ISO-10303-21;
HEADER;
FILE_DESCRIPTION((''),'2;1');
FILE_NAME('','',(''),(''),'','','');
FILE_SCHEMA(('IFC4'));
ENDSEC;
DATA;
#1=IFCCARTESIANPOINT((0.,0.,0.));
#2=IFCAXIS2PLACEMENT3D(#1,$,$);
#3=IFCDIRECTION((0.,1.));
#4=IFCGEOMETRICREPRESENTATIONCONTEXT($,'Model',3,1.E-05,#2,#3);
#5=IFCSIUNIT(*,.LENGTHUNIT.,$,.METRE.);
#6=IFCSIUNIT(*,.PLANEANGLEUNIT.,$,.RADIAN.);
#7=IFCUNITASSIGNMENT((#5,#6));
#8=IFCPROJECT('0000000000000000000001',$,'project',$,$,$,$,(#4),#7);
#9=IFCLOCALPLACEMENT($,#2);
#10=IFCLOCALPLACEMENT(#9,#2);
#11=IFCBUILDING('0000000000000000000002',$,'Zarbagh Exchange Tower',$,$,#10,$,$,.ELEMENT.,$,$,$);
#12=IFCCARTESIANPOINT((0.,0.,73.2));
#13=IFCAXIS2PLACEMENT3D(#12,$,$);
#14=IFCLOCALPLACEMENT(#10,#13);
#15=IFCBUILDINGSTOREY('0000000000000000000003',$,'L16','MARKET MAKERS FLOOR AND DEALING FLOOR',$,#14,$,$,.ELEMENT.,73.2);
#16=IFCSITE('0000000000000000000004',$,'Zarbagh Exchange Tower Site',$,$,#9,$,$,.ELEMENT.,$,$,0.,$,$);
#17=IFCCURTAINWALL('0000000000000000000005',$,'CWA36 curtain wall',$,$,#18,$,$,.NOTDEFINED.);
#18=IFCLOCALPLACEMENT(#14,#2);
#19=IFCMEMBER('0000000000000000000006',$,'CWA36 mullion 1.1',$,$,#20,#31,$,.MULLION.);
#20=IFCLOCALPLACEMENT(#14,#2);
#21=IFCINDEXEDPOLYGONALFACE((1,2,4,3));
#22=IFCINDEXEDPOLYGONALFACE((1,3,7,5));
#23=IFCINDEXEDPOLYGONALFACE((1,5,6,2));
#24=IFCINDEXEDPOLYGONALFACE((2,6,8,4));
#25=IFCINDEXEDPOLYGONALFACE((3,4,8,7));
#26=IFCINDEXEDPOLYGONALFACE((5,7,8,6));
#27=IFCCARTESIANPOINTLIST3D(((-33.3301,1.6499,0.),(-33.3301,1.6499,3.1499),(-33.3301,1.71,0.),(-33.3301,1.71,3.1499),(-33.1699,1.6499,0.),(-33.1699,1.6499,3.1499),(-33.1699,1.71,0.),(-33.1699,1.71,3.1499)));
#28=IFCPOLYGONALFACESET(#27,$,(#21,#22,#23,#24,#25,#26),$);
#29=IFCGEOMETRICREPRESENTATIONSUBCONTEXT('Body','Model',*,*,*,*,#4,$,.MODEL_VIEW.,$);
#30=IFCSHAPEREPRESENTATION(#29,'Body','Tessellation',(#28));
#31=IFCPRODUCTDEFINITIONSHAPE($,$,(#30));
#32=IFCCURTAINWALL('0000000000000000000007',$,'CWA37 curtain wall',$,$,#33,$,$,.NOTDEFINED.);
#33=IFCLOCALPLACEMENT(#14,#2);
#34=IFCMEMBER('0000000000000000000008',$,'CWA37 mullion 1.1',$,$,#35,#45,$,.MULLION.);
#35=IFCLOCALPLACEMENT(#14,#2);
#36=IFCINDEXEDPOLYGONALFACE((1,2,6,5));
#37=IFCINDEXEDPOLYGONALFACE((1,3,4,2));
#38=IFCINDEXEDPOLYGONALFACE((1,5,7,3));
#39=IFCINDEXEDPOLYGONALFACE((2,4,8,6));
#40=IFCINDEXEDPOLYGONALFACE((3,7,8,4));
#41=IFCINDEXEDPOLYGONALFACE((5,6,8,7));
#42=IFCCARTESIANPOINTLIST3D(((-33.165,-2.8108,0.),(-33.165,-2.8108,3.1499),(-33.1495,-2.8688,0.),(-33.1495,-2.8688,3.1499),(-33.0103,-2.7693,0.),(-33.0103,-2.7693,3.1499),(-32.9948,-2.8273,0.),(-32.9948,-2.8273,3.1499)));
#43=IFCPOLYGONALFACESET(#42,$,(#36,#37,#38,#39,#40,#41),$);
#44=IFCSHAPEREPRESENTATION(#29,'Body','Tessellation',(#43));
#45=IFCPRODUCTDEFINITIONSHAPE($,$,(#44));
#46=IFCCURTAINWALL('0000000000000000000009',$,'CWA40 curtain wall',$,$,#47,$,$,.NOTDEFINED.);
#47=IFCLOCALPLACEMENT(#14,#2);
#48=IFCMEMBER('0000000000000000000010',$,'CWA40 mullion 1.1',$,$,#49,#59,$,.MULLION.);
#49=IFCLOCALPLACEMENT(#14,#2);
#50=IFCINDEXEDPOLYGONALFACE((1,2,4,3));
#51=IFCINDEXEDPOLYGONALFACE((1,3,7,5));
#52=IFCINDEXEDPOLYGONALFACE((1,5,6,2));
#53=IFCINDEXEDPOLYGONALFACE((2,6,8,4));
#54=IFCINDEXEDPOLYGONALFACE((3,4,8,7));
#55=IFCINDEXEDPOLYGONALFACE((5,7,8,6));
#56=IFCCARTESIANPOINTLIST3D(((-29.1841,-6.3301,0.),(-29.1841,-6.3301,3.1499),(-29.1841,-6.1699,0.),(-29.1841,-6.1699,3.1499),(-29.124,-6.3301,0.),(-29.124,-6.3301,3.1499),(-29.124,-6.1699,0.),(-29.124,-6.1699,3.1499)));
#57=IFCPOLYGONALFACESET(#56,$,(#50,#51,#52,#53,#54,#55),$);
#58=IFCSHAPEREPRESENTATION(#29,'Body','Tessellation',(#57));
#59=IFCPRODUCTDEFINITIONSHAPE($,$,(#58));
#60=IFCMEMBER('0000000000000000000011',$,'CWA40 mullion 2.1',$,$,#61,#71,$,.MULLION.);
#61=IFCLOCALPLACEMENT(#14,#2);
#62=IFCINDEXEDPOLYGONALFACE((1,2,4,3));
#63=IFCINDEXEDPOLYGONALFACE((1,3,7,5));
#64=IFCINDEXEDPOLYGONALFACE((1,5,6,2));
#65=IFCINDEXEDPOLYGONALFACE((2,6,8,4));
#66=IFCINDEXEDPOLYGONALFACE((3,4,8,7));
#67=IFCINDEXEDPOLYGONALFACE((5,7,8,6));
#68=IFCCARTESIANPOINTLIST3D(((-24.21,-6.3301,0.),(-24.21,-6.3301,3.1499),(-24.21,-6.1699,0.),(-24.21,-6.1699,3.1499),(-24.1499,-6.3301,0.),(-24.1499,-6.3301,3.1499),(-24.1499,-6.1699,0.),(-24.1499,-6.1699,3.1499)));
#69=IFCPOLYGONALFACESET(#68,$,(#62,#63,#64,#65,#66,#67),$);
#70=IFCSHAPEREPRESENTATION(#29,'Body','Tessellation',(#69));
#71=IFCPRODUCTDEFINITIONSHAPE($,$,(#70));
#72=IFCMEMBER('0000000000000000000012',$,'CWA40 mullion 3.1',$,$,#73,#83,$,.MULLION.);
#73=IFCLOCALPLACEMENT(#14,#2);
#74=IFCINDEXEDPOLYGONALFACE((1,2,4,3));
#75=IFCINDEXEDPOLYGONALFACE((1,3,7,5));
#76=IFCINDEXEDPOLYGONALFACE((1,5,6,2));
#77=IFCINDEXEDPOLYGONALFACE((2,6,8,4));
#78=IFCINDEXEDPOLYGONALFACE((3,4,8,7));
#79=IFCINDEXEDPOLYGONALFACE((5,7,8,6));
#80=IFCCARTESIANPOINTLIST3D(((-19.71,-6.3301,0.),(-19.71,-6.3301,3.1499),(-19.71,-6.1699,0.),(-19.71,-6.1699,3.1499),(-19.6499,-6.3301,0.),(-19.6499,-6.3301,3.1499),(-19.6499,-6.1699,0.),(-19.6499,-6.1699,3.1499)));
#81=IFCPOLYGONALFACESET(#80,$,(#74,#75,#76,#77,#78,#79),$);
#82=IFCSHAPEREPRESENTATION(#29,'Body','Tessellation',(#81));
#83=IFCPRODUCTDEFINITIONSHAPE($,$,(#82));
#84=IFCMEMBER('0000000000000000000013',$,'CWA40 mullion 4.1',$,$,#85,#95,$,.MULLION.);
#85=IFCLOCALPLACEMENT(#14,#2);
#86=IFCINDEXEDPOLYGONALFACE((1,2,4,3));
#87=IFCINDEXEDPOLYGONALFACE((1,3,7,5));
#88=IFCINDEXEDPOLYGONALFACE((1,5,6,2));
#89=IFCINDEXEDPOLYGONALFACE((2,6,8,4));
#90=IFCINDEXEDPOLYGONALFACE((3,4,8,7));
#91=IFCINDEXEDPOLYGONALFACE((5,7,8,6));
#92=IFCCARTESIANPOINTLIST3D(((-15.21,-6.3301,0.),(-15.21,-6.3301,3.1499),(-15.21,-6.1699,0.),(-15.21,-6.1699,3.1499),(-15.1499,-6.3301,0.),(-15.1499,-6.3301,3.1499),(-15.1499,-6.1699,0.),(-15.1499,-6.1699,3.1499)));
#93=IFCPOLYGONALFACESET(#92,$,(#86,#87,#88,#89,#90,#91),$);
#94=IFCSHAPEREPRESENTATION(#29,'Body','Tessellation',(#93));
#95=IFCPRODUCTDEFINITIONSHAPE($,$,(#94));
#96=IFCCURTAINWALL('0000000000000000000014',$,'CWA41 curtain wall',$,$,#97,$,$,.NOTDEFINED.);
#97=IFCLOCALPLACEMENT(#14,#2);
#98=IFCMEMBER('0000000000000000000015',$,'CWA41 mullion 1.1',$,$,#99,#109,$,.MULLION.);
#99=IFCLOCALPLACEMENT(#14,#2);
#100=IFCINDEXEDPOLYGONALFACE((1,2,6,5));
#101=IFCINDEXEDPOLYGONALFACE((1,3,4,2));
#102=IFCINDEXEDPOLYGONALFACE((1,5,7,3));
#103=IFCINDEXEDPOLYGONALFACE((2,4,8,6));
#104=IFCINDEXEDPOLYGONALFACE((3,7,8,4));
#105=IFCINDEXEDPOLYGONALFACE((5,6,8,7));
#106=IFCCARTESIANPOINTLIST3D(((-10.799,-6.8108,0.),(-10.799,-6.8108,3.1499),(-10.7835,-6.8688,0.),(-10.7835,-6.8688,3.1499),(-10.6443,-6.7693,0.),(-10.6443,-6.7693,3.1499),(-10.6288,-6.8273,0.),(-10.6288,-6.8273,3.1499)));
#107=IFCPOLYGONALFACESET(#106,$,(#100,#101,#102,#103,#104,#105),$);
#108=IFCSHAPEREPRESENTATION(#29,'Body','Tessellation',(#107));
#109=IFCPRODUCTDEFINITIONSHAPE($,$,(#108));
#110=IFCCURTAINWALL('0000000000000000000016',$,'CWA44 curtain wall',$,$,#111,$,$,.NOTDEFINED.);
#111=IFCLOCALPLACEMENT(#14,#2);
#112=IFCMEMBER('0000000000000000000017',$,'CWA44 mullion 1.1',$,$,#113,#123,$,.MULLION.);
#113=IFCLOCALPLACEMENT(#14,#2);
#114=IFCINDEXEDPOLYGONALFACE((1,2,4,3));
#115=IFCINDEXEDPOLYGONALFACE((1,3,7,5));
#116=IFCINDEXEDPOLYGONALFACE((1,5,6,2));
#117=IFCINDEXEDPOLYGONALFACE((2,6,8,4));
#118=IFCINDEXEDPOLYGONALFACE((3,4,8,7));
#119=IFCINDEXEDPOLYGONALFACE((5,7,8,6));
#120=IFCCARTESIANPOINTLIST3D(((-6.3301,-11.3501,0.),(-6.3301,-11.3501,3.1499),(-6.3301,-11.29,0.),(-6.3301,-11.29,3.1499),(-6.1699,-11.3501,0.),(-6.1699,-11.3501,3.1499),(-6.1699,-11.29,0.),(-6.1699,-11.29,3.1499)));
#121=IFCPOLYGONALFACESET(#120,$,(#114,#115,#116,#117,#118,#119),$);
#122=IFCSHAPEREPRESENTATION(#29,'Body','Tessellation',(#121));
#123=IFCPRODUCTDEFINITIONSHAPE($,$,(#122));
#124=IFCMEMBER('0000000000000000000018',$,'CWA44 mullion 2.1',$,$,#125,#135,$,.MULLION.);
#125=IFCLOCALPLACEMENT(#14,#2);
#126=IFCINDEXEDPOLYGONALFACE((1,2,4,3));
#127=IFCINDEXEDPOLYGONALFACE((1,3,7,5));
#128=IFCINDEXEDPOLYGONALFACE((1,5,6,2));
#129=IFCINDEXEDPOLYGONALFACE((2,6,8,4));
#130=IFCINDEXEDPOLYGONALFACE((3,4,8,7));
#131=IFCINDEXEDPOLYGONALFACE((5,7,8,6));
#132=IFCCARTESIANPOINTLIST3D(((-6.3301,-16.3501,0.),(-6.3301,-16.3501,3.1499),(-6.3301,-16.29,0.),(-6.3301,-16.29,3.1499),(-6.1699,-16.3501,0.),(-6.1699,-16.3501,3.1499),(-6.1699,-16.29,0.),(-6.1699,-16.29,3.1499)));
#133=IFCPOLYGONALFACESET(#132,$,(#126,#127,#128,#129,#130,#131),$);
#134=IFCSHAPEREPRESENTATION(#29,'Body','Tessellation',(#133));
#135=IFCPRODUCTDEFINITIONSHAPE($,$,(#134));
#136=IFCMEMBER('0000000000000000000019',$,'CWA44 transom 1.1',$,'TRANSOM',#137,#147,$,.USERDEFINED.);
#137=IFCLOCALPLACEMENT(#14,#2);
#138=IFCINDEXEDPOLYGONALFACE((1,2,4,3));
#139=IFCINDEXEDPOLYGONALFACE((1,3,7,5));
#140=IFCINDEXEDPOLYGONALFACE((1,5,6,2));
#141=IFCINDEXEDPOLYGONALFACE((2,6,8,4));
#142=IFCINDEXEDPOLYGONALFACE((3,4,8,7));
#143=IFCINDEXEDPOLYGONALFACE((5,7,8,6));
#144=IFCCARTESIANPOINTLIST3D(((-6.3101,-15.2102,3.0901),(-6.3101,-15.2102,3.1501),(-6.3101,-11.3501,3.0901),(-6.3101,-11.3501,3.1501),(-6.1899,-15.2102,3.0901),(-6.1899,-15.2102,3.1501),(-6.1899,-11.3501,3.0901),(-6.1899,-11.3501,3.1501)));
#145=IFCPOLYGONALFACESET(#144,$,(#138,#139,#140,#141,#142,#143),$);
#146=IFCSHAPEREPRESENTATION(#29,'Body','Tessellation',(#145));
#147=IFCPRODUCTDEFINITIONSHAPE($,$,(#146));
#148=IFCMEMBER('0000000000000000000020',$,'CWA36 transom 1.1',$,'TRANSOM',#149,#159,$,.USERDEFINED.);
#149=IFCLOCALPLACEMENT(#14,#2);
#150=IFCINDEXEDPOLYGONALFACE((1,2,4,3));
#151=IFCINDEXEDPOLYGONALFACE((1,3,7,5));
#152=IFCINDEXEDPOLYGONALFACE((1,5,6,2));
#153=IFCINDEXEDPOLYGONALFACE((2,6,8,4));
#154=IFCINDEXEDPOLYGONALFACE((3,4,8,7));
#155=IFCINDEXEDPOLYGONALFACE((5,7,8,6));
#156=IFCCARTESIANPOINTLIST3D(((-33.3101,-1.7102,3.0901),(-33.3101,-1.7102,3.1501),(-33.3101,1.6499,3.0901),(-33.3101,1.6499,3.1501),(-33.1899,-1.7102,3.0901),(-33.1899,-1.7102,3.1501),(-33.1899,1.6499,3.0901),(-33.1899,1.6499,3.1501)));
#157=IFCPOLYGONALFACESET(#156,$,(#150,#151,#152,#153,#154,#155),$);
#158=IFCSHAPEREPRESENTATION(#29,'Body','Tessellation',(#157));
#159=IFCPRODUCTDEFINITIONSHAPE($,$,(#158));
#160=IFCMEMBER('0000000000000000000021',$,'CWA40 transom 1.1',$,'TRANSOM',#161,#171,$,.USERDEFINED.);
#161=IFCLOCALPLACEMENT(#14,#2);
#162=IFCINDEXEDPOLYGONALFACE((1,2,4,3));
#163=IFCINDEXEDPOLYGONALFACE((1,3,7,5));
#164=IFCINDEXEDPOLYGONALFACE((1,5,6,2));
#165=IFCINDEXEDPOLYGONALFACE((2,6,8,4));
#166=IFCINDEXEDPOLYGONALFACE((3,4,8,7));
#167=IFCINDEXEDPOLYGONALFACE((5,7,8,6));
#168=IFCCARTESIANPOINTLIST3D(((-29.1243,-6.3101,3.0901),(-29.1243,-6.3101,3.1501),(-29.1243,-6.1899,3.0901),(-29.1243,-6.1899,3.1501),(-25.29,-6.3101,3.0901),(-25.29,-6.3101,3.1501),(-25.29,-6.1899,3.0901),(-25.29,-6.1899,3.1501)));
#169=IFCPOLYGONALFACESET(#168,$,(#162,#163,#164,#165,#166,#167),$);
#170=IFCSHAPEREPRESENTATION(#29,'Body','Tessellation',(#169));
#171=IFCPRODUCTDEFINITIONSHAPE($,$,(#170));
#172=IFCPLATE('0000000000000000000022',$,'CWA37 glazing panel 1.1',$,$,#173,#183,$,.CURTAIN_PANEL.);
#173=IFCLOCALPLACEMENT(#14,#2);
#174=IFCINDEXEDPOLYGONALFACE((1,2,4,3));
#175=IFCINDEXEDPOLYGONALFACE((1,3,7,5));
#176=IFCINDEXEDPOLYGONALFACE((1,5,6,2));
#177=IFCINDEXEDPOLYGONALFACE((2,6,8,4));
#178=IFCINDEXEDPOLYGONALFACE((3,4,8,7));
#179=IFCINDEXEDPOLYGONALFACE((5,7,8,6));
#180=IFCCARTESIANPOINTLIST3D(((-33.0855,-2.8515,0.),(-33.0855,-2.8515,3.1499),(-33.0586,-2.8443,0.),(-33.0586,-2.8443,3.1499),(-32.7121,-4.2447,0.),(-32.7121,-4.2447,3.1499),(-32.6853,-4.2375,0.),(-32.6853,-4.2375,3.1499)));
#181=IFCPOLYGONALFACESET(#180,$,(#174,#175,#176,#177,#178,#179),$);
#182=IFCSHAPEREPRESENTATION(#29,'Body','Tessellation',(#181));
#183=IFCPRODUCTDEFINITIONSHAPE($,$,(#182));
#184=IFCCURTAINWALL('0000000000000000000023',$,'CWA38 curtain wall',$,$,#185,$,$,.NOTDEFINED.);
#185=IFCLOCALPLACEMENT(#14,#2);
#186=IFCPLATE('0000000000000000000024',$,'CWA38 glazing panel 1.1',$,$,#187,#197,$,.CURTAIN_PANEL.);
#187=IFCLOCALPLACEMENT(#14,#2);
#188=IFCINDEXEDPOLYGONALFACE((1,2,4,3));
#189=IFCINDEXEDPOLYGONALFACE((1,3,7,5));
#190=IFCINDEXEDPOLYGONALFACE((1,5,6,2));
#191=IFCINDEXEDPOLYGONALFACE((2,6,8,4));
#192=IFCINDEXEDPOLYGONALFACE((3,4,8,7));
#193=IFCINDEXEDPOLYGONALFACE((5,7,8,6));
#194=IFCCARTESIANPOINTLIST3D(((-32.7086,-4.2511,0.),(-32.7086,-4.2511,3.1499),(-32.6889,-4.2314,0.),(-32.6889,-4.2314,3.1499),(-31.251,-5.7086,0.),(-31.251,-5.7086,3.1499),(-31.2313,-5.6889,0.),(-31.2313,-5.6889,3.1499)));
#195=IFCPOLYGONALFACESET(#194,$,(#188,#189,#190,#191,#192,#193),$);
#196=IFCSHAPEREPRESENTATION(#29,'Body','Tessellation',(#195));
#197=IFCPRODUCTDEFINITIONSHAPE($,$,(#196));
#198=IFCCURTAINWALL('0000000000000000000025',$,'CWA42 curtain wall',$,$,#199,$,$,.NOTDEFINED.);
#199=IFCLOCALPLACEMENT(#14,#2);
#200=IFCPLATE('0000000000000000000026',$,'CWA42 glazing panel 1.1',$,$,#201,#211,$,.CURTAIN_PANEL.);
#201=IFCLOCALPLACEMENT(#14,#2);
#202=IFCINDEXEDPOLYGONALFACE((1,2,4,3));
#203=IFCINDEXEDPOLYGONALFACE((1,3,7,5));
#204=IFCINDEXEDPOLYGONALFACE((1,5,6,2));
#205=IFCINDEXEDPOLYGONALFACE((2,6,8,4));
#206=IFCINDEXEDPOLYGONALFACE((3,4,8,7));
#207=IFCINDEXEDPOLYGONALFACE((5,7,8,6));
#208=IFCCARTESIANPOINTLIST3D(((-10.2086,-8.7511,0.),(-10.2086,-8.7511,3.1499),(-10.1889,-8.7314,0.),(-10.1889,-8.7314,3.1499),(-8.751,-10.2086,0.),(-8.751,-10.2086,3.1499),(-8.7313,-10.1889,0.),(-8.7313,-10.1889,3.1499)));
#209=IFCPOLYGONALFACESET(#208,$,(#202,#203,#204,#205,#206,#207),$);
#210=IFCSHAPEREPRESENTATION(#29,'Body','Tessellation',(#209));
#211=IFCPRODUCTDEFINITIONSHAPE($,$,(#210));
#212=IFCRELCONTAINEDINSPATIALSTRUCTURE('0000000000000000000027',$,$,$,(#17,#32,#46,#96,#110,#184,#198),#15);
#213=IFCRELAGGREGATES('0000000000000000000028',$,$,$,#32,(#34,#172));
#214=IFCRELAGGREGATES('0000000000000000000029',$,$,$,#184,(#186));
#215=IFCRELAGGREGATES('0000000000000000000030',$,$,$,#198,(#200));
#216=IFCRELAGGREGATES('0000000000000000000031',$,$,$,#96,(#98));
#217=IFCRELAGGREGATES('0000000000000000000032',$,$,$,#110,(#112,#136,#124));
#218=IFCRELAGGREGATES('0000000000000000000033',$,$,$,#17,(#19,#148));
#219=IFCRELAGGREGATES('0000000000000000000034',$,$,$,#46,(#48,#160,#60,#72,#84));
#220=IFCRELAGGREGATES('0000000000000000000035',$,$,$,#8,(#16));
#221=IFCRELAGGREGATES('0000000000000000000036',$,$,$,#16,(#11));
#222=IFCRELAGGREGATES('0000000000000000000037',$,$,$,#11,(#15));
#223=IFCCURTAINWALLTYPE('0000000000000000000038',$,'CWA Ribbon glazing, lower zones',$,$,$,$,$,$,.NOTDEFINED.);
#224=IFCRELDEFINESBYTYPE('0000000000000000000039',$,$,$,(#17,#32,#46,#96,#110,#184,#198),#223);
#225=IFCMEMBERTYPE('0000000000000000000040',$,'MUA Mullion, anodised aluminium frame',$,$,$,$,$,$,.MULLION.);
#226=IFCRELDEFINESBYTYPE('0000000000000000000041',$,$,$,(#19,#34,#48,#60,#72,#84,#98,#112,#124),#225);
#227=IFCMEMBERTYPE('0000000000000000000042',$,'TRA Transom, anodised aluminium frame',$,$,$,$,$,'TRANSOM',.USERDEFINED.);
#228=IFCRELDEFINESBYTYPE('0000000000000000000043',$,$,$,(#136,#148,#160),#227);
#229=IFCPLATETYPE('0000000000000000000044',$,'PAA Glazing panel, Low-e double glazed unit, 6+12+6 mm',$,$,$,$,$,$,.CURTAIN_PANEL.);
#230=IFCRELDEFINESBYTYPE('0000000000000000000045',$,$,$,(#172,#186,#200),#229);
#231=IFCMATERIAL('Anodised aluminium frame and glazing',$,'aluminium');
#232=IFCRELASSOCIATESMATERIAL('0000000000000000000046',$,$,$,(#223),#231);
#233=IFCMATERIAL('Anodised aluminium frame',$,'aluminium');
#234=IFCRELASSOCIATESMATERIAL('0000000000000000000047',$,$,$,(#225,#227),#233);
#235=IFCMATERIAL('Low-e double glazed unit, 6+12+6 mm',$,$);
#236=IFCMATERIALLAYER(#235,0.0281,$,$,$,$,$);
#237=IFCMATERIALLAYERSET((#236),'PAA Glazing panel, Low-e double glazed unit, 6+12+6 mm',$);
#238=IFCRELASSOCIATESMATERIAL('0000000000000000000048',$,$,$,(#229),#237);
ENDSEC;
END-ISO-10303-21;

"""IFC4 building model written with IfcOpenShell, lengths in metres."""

from ifc_helpers import new_model, si_unit, direction, frame, origin, place, context, subcontext, project, spatial, polyline, outline, extrude, source, transform, mapped, material, layer, layer_set, type_object, element, aggregate, save


model = new_model("IFC4")

# Units and contexts
model_context = context("Model", 3, precision=1e-05, world=origin(), true_north=direction((0.0, 1.0)))
body_context = subcontext(model_context, "Body", "Model", "MODEL_VIEW")
ifc_project = project(units=[si_unit("LENGTHUNIT", "METRE"), si_unit("PLANEANGLEUNIT", "RADIAN")], contexts=[model_context])

# Site, building, storey
site_placement = place(None, origin())
site = spatial("IfcSite", under=ifc_project, at=site_placement, Name="Zarbagh Exchange Tower Site", CompositionType="ELEMENT", RefElevation=0.0)
building_placement = place(site_placement, origin())
building = spatial("IfcBuilding", under=site, at=building_placement, Name="Zarbagh Exchange Tower", CompositionType="ELEMENT")
storey_placement = place(building_placement, frame((0.0, 0.0, 73.2)))
storey = spatial("IfcBuildingStorey", under=building, at=storey_placement, Name="L16", Description="MARKET MAKERS FLOOR AND DEALING FLOOR", CompositionType="ELEMENT", Elevation=73.2)

# Curtain walls, members
ifc_material_1 = material(Name="Anodised aluminium frame and glazing", Category="aluminium")
curtain_wall_type = type_object("IfcCurtainWallType", Name="CWA Ribbon glazing, lower zones", PredefinedType="NOTDEFINED", material=ifc_material_1)
curtain_wall_1_placement = place(storey_placement, origin())
curtain_wall_1 = element("IfcCurtainWall", 1, at=curtain_wall_1_placement, inside=storey, type_object=curtain_wall_type, Name="CWA36 curtain wall", PredefinedType="NOTDEFINED")
ifc_material_2 = material(Name="Anodised aluminium frame", Category="aluminium")
member_type_1 = type_object("IfcMemberType", Name="MUA Mullion, anodised aluminium frame", PredefinedType="MULLION", material=ifc_material_2)
shared_shape_1 = source(origin(), body_context, "Body", "SweptSolid", [
    extrude(outline(polyline([(0.0, -0.0801), (0.0601, -0.0801), (0.0601, 0.0801), (0.0, 0.0801), (0.0, -0.0801)])), origin(), (0.0, 0.0, 1.0), 3.1499),
])
placement = place(storey_placement, origin())
member_1 = element("IfcMember", 2, at=placement, type_object=member_type_1, Name="CWA36 mullion 1.1", PredefinedType="MULLION", context=body_context, shape_type="MappedRepresentation", body=[
    mapped(shared_shape_1, transform((-33.25, 1.71, 0.0), x_axis=(0.0, -1.0, 0.0), y_axis=(1.0, 0.0, 0.0), z_axis=(0.0, 0.0, 1.0))),
])
curtain_wall_2_placement = place(storey_placement, origin())
curtain_wall_2 = element("IfcCurtainWall", 3, at=curtain_wall_2_placement, inside=storey, type_object=curtain_wall_type, Name="CWA37 curtain wall", PredefinedType="NOTDEFINED")
member_2 = element("IfcMember", 4, at=placement, type_object=member_type_1, Name="CWA37 mullion 1.1", PredefinedType="MULLION", context=body_context, shape_type="MappedRepresentation", body=[
    mapped(shared_shape_1, transform((-33.0876, -2.79, 0.0), x_axis=(0.258825, -0.965924, 0.0), y_axis=(0.965924, 0.258825, 0.0), z_axis=(0.0, 0.0, 1.0))),
])

# Curtain wall, members
curtain_wall_3_placement = place(storey_placement, origin())
curtain_wall_3 = element("IfcCurtainWall", 5, at=curtain_wall_3_placement, inside=storey, type_object=curtain_wall_type, Name="CWA40 curtain wall", PredefinedType="NOTDEFINED")
member_3 = element("IfcMember", 6, at=placement, type_object=member_type_1, Name="CWA40 mullion 1.1", PredefinedType="MULLION", context=body_context, shape_type="MappedRepresentation", body=[
    mapped(shared_shape_1, transform((-29.1841, -6.25, 0.0), x_axis=(1.0, 0.0, 0.0), y_axis=(0.0, 1.0, 0.0), z_axis=(0.0, 0.0, 1.0))),
])
member_4 = element("IfcMember", 7, at=placement, type_object=member_type_1, Name="CWA40 mullion 2.1", PredefinedType="MULLION", context=body_context, shape_type="MappedRepresentation", body=[
    mapped(shared_shape_1, transform((-24.21, -6.25, 0.0), x_axis=(1.0, 0.0, 0.0), y_axis=(0.0, 1.0, 0.0), z_axis=(0.0, 0.0, 1.0))),
])
member_5 = element("IfcMember", 8, at=placement, type_object=member_type_1, Name="CWA40 mullion 3.1", PredefinedType="MULLION", context=body_context, shape_type="MappedRepresentation", body=[
    mapped(shared_shape_1, transform((-19.71, -6.25, 0.0), x_axis=(1.0, 0.0, 0.0), y_axis=(0.0, 1.0, 0.0), z_axis=(0.0, 0.0, 1.0))),
])
member_6 = element("IfcMember", 9, at=placement, type_object=member_type_1, Name="CWA40 mullion 4.1", PredefinedType="MULLION", context=body_context, shape_type="MappedRepresentation", body=[
    mapped(shared_shape_1, transform((-15.21, -6.25, 0.0), x_axis=(1.0, 0.0, 0.0), y_axis=(0.0, 1.0, 0.0), z_axis=(0.0, 0.0, 1.0))),
])

# Curtain wall, member
curtain_wall_4_placement = place(storey_placement, origin())
curtain_wall_4 = element("IfcCurtainWall", 10, at=curtain_wall_4_placement, inside=storey, type_object=curtain_wall_type, Name="CWA41 curtain wall", PredefinedType="NOTDEFINED")
member_7 = element("IfcMember", 11, at=placement, type_object=member_type_1, Name="CWA41 mullion 1.1", PredefinedType="MULLION", context=body_context, shape_type="MappedRepresentation", body=[
    mapped(shared_shape_1, transform((-10.7217, -6.79, 0.0), x_axis=(0.258825, -0.965924, 0.0), y_axis=(0.965924, 0.258825, 0.0), z_axis=(0.0, 0.0, 1.0))),
])

# Curtain wall, members
curtain_wall_5_placement = place(storey_placement, origin())
curtain_wall_5 = element("IfcCurtainWall", 12, at=curtain_wall_5_placement, inside=storey, type_object=curtain_wall_type, Name="CWA44 curtain wall", PredefinedType="NOTDEFINED")
member_8 = element("IfcMember", 13, at=placement, type_object=member_type_1, Name="CWA44 mullion 1.1", PredefinedType="MULLION", context=body_context, shape_type="MappedRepresentation", body=[
    mapped(shared_shape_1, transform((-6.25, -11.29, 0.0), x_axis=(0.0, -1.0, 0.0), y_axis=(1.0, 0.0, 0.0), z_axis=(0.0, 0.0, 1.0))),
])
member_9 = element("IfcMember", 14, at=placement, type_object=member_type_1, Name="CWA44 mullion 2.1", PredefinedType="MULLION", context=body_context, shape_type="MappedRepresentation", body=[
    mapped(shared_shape_1, transform((-6.25, -16.29, 0.0), x_axis=(0.0, -1.0, 0.0), y_axis=(1.0, 0.0, 0.0), z_axis=(0.0, 0.0, 1.0))),
])
member_type_2 = type_object("IfcMemberType", Name="TRA Transom, anodised aluminium frame", ElementType="TRANSOM", PredefinedType="USERDEFINED", material=ifc_material_2)
shared_shape_2 = source(origin(), body_context, "Body", "SweptSolid", [
    extrude(outline(polyline([(-0.0601, -0.0601), (0.0, -0.0601), (0.0, 0.0601), (-0.0601, 0.0601), (-0.0601, -0.0601)])), origin(), (0.0, 0.0, 1.0), 3.8601),
])
member_10 = element("IfcMember", 15, at=placement, type_object=member_type_2, Name="CWA44 transom 1.1", ObjectType="TRANSOM", PredefinedType="USERDEFINED", context=body_context, shape_type="MappedRepresentation", body=[
    mapped(shared_shape_2, transform((-6.25, -11.3501, 3.1501), x_axis=(0.0, 0.0, 1.0), y_axis=(-1.0, 0.0, 0.0), z_axis=(0.0, -1.0, 0.0))),
])

# Members
shared_shape_3 = source(origin(), body_context, "Body", "SweptSolid", [
    extrude(outline(polyline([(-0.0601, -0.0601), (0.0, -0.0601), (0.0, 0.0601), (-0.0601, 0.0601), (-0.0601, -0.0601)])), origin(), (0.0, 0.0, 1.0), 3.3601),
])
member_11 = element("IfcMember", 16, at=placement, type_object=member_type_2, Name="CWA36 transom 1.1", ObjectType="TRANSOM", PredefinedType="USERDEFINED", context=body_context, shape_type="MappedRepresentation", body=[
    mapped(shared_shape_3, transform((-33.25, 1.6499, 3.1501), x_axis=(0.0, 0.0, 1.0), y_axis=(-1.0, 0.0, 0.0), z_axis=(0.0, -1.0, 0.0))),
])
shared_shape_4 = source(origin(), body_context, "Body", "SweptSolid", [
    extrude(outline(polyline([(-0.0601, -0.0601), (0.0, -0.0601), (0.0, 0.0601), (-0.0601, 0.0601), (-0.0601, -0.0601)])), origin(), (0.0, 0.0, 1.0), 3.8342),
])
member_12 = element("IfcMember", 17, at=placement, type_object=member_type_2, Name="CWA40 transom 1.1", ObjectType="TRANSOM", PredefinedType="USERDEFINED", context=body_context, shape_type="MappedRepresentation", body=[
    mapped(shared_shape_4, transform((-29.1243, -6.25, 3.1501), x_axis=(0.0, 0.0, 1.0), y_axis=(0.0, -1.0, 0.0), z_axis=(1.0, 0.0, 0.0))),
])

# Plate
ifc_material_3 = material(Name="Low-e double glazed unit, 6+12+6 mm")
ifc_layer = layer(ifc_material_3, 0.0281)
ifc_layer_set = layer_set([ifc_layer], Name="PAA Glazing panel, Low-e double glazed unit, 6+12+6 mm")
plate_type = type_object("IfcPlateType", Name="PAA Glazing panel, Low-e double glazed unit, 6+12+6 mm", PredefinedType="CURTAIN_PANEL", material=ifc_layer_set)
shared_shape_5 = source(origin(), body_context, "Body", "SweptSolid", [
    extrude(outline(polyline([(0.0, -0.0139), (1.4424, -0.0139), (1.4424, 0.0139), (0.0, 0.0139), (0.0, -0.0139)])), origin(), (0.0, 0.0, 1.0), 3.1499),
])
plate_1 = element("IfcPlate", 18, at=placement, type_object=plate_type, Name="CWA37 glazing panel 1.1", PredefinedType="CURTAIN_PANEL", context=body_context, shape_type="MappedRepresentation", body=[
    mapped(shared_shape_5, transform((-33.072, -2.8479, 0.0), x_axis=(0.258825, -0.965924, 0.0), y_axis=(0.965924, 0.258825, 0.0), z_axis=(0.0, 0.0, 1.0))),
])
aggregate(curtain_wall_2, [member_2, plate_1])

# Curtain walls, plates
curtain_wall_6_placement = place(storey_placement, origin())
curtain_wall_6 = element("IfcCurtainWall", 19, at=curtain_wall_6_placement, inside=storey, type_object=curtain_wall_type, Name="CWA38 curtain wall", PredefinedType="NOTDEFINED")
shared_shape_6 = source(origin(), body_context, "Body", "SweptSolid", [
    extrude(outline(polyline([(0.0, -0.0139), (2.0613, -0.0139), (2.0613, 0.0139), (0.0, 0.0139), (0.0, -0.0139)])), origin(), (0.0, 0.0, 1.0), 3.1499),
])
plate_2 = element("IfcPlate", 20, at=placement, type_object=plate_type, Name="CWA38 glazing panel 1.1", PredefinedType="CURTAIN_PANEL", context=body_context, shape_type="MappedRepresentation", body=[
    mapped(shared_shape_6, transform((-32.6987, -4.2412, 0.0), x_axis=(0.707107, -0.707107, 0.0), y_axis=(0.707107, 0.707107, 0.0), z_axis=(0.0, 0.0, 1.0))),
])
aggregate(curtain_wall_6, [plate_2])
curtain_wall_7_placement = place(storey_placement, origin())
curtain_wall_7 = element("IfcCurtainWall", 21, at=curtain_wall_7_placement, inside=storey, type_object=curtain_wall_type, Name="CWA42 curtain wall", PredefinedType="NOTDEFINED")
plate_3 = element("IfcPlate", 22, at=placement, type_object=plate_type, Name="CWA42 glazing panel 1.1", PredefinedType="CURTAIN_PANEL", context=body_context, shape_type="MappedRepresentation", body=[
    mapped(shared_shape_6, transform((-10.1987, -8.7412, 0.0), x_axis=(0.707107, -0.707107, 0.0), y_axis=(0.707107, 0.707107, 0.0), z_axis=(0.0, 0.0, 1.0))),
])
aggregate(curtain_wall_7, [plate_3])

aggregate(curtain_wall_4, [member_7])

aggregate(curtain_wall_5, [member_8, member_10, member_9])
aggregate(curtain_wall_1, [member_1, member_11])
aggregate(curtain_wall_3, [member_3, member_12, member_4, member_5, member_6])

save(model, "model.ifc")
